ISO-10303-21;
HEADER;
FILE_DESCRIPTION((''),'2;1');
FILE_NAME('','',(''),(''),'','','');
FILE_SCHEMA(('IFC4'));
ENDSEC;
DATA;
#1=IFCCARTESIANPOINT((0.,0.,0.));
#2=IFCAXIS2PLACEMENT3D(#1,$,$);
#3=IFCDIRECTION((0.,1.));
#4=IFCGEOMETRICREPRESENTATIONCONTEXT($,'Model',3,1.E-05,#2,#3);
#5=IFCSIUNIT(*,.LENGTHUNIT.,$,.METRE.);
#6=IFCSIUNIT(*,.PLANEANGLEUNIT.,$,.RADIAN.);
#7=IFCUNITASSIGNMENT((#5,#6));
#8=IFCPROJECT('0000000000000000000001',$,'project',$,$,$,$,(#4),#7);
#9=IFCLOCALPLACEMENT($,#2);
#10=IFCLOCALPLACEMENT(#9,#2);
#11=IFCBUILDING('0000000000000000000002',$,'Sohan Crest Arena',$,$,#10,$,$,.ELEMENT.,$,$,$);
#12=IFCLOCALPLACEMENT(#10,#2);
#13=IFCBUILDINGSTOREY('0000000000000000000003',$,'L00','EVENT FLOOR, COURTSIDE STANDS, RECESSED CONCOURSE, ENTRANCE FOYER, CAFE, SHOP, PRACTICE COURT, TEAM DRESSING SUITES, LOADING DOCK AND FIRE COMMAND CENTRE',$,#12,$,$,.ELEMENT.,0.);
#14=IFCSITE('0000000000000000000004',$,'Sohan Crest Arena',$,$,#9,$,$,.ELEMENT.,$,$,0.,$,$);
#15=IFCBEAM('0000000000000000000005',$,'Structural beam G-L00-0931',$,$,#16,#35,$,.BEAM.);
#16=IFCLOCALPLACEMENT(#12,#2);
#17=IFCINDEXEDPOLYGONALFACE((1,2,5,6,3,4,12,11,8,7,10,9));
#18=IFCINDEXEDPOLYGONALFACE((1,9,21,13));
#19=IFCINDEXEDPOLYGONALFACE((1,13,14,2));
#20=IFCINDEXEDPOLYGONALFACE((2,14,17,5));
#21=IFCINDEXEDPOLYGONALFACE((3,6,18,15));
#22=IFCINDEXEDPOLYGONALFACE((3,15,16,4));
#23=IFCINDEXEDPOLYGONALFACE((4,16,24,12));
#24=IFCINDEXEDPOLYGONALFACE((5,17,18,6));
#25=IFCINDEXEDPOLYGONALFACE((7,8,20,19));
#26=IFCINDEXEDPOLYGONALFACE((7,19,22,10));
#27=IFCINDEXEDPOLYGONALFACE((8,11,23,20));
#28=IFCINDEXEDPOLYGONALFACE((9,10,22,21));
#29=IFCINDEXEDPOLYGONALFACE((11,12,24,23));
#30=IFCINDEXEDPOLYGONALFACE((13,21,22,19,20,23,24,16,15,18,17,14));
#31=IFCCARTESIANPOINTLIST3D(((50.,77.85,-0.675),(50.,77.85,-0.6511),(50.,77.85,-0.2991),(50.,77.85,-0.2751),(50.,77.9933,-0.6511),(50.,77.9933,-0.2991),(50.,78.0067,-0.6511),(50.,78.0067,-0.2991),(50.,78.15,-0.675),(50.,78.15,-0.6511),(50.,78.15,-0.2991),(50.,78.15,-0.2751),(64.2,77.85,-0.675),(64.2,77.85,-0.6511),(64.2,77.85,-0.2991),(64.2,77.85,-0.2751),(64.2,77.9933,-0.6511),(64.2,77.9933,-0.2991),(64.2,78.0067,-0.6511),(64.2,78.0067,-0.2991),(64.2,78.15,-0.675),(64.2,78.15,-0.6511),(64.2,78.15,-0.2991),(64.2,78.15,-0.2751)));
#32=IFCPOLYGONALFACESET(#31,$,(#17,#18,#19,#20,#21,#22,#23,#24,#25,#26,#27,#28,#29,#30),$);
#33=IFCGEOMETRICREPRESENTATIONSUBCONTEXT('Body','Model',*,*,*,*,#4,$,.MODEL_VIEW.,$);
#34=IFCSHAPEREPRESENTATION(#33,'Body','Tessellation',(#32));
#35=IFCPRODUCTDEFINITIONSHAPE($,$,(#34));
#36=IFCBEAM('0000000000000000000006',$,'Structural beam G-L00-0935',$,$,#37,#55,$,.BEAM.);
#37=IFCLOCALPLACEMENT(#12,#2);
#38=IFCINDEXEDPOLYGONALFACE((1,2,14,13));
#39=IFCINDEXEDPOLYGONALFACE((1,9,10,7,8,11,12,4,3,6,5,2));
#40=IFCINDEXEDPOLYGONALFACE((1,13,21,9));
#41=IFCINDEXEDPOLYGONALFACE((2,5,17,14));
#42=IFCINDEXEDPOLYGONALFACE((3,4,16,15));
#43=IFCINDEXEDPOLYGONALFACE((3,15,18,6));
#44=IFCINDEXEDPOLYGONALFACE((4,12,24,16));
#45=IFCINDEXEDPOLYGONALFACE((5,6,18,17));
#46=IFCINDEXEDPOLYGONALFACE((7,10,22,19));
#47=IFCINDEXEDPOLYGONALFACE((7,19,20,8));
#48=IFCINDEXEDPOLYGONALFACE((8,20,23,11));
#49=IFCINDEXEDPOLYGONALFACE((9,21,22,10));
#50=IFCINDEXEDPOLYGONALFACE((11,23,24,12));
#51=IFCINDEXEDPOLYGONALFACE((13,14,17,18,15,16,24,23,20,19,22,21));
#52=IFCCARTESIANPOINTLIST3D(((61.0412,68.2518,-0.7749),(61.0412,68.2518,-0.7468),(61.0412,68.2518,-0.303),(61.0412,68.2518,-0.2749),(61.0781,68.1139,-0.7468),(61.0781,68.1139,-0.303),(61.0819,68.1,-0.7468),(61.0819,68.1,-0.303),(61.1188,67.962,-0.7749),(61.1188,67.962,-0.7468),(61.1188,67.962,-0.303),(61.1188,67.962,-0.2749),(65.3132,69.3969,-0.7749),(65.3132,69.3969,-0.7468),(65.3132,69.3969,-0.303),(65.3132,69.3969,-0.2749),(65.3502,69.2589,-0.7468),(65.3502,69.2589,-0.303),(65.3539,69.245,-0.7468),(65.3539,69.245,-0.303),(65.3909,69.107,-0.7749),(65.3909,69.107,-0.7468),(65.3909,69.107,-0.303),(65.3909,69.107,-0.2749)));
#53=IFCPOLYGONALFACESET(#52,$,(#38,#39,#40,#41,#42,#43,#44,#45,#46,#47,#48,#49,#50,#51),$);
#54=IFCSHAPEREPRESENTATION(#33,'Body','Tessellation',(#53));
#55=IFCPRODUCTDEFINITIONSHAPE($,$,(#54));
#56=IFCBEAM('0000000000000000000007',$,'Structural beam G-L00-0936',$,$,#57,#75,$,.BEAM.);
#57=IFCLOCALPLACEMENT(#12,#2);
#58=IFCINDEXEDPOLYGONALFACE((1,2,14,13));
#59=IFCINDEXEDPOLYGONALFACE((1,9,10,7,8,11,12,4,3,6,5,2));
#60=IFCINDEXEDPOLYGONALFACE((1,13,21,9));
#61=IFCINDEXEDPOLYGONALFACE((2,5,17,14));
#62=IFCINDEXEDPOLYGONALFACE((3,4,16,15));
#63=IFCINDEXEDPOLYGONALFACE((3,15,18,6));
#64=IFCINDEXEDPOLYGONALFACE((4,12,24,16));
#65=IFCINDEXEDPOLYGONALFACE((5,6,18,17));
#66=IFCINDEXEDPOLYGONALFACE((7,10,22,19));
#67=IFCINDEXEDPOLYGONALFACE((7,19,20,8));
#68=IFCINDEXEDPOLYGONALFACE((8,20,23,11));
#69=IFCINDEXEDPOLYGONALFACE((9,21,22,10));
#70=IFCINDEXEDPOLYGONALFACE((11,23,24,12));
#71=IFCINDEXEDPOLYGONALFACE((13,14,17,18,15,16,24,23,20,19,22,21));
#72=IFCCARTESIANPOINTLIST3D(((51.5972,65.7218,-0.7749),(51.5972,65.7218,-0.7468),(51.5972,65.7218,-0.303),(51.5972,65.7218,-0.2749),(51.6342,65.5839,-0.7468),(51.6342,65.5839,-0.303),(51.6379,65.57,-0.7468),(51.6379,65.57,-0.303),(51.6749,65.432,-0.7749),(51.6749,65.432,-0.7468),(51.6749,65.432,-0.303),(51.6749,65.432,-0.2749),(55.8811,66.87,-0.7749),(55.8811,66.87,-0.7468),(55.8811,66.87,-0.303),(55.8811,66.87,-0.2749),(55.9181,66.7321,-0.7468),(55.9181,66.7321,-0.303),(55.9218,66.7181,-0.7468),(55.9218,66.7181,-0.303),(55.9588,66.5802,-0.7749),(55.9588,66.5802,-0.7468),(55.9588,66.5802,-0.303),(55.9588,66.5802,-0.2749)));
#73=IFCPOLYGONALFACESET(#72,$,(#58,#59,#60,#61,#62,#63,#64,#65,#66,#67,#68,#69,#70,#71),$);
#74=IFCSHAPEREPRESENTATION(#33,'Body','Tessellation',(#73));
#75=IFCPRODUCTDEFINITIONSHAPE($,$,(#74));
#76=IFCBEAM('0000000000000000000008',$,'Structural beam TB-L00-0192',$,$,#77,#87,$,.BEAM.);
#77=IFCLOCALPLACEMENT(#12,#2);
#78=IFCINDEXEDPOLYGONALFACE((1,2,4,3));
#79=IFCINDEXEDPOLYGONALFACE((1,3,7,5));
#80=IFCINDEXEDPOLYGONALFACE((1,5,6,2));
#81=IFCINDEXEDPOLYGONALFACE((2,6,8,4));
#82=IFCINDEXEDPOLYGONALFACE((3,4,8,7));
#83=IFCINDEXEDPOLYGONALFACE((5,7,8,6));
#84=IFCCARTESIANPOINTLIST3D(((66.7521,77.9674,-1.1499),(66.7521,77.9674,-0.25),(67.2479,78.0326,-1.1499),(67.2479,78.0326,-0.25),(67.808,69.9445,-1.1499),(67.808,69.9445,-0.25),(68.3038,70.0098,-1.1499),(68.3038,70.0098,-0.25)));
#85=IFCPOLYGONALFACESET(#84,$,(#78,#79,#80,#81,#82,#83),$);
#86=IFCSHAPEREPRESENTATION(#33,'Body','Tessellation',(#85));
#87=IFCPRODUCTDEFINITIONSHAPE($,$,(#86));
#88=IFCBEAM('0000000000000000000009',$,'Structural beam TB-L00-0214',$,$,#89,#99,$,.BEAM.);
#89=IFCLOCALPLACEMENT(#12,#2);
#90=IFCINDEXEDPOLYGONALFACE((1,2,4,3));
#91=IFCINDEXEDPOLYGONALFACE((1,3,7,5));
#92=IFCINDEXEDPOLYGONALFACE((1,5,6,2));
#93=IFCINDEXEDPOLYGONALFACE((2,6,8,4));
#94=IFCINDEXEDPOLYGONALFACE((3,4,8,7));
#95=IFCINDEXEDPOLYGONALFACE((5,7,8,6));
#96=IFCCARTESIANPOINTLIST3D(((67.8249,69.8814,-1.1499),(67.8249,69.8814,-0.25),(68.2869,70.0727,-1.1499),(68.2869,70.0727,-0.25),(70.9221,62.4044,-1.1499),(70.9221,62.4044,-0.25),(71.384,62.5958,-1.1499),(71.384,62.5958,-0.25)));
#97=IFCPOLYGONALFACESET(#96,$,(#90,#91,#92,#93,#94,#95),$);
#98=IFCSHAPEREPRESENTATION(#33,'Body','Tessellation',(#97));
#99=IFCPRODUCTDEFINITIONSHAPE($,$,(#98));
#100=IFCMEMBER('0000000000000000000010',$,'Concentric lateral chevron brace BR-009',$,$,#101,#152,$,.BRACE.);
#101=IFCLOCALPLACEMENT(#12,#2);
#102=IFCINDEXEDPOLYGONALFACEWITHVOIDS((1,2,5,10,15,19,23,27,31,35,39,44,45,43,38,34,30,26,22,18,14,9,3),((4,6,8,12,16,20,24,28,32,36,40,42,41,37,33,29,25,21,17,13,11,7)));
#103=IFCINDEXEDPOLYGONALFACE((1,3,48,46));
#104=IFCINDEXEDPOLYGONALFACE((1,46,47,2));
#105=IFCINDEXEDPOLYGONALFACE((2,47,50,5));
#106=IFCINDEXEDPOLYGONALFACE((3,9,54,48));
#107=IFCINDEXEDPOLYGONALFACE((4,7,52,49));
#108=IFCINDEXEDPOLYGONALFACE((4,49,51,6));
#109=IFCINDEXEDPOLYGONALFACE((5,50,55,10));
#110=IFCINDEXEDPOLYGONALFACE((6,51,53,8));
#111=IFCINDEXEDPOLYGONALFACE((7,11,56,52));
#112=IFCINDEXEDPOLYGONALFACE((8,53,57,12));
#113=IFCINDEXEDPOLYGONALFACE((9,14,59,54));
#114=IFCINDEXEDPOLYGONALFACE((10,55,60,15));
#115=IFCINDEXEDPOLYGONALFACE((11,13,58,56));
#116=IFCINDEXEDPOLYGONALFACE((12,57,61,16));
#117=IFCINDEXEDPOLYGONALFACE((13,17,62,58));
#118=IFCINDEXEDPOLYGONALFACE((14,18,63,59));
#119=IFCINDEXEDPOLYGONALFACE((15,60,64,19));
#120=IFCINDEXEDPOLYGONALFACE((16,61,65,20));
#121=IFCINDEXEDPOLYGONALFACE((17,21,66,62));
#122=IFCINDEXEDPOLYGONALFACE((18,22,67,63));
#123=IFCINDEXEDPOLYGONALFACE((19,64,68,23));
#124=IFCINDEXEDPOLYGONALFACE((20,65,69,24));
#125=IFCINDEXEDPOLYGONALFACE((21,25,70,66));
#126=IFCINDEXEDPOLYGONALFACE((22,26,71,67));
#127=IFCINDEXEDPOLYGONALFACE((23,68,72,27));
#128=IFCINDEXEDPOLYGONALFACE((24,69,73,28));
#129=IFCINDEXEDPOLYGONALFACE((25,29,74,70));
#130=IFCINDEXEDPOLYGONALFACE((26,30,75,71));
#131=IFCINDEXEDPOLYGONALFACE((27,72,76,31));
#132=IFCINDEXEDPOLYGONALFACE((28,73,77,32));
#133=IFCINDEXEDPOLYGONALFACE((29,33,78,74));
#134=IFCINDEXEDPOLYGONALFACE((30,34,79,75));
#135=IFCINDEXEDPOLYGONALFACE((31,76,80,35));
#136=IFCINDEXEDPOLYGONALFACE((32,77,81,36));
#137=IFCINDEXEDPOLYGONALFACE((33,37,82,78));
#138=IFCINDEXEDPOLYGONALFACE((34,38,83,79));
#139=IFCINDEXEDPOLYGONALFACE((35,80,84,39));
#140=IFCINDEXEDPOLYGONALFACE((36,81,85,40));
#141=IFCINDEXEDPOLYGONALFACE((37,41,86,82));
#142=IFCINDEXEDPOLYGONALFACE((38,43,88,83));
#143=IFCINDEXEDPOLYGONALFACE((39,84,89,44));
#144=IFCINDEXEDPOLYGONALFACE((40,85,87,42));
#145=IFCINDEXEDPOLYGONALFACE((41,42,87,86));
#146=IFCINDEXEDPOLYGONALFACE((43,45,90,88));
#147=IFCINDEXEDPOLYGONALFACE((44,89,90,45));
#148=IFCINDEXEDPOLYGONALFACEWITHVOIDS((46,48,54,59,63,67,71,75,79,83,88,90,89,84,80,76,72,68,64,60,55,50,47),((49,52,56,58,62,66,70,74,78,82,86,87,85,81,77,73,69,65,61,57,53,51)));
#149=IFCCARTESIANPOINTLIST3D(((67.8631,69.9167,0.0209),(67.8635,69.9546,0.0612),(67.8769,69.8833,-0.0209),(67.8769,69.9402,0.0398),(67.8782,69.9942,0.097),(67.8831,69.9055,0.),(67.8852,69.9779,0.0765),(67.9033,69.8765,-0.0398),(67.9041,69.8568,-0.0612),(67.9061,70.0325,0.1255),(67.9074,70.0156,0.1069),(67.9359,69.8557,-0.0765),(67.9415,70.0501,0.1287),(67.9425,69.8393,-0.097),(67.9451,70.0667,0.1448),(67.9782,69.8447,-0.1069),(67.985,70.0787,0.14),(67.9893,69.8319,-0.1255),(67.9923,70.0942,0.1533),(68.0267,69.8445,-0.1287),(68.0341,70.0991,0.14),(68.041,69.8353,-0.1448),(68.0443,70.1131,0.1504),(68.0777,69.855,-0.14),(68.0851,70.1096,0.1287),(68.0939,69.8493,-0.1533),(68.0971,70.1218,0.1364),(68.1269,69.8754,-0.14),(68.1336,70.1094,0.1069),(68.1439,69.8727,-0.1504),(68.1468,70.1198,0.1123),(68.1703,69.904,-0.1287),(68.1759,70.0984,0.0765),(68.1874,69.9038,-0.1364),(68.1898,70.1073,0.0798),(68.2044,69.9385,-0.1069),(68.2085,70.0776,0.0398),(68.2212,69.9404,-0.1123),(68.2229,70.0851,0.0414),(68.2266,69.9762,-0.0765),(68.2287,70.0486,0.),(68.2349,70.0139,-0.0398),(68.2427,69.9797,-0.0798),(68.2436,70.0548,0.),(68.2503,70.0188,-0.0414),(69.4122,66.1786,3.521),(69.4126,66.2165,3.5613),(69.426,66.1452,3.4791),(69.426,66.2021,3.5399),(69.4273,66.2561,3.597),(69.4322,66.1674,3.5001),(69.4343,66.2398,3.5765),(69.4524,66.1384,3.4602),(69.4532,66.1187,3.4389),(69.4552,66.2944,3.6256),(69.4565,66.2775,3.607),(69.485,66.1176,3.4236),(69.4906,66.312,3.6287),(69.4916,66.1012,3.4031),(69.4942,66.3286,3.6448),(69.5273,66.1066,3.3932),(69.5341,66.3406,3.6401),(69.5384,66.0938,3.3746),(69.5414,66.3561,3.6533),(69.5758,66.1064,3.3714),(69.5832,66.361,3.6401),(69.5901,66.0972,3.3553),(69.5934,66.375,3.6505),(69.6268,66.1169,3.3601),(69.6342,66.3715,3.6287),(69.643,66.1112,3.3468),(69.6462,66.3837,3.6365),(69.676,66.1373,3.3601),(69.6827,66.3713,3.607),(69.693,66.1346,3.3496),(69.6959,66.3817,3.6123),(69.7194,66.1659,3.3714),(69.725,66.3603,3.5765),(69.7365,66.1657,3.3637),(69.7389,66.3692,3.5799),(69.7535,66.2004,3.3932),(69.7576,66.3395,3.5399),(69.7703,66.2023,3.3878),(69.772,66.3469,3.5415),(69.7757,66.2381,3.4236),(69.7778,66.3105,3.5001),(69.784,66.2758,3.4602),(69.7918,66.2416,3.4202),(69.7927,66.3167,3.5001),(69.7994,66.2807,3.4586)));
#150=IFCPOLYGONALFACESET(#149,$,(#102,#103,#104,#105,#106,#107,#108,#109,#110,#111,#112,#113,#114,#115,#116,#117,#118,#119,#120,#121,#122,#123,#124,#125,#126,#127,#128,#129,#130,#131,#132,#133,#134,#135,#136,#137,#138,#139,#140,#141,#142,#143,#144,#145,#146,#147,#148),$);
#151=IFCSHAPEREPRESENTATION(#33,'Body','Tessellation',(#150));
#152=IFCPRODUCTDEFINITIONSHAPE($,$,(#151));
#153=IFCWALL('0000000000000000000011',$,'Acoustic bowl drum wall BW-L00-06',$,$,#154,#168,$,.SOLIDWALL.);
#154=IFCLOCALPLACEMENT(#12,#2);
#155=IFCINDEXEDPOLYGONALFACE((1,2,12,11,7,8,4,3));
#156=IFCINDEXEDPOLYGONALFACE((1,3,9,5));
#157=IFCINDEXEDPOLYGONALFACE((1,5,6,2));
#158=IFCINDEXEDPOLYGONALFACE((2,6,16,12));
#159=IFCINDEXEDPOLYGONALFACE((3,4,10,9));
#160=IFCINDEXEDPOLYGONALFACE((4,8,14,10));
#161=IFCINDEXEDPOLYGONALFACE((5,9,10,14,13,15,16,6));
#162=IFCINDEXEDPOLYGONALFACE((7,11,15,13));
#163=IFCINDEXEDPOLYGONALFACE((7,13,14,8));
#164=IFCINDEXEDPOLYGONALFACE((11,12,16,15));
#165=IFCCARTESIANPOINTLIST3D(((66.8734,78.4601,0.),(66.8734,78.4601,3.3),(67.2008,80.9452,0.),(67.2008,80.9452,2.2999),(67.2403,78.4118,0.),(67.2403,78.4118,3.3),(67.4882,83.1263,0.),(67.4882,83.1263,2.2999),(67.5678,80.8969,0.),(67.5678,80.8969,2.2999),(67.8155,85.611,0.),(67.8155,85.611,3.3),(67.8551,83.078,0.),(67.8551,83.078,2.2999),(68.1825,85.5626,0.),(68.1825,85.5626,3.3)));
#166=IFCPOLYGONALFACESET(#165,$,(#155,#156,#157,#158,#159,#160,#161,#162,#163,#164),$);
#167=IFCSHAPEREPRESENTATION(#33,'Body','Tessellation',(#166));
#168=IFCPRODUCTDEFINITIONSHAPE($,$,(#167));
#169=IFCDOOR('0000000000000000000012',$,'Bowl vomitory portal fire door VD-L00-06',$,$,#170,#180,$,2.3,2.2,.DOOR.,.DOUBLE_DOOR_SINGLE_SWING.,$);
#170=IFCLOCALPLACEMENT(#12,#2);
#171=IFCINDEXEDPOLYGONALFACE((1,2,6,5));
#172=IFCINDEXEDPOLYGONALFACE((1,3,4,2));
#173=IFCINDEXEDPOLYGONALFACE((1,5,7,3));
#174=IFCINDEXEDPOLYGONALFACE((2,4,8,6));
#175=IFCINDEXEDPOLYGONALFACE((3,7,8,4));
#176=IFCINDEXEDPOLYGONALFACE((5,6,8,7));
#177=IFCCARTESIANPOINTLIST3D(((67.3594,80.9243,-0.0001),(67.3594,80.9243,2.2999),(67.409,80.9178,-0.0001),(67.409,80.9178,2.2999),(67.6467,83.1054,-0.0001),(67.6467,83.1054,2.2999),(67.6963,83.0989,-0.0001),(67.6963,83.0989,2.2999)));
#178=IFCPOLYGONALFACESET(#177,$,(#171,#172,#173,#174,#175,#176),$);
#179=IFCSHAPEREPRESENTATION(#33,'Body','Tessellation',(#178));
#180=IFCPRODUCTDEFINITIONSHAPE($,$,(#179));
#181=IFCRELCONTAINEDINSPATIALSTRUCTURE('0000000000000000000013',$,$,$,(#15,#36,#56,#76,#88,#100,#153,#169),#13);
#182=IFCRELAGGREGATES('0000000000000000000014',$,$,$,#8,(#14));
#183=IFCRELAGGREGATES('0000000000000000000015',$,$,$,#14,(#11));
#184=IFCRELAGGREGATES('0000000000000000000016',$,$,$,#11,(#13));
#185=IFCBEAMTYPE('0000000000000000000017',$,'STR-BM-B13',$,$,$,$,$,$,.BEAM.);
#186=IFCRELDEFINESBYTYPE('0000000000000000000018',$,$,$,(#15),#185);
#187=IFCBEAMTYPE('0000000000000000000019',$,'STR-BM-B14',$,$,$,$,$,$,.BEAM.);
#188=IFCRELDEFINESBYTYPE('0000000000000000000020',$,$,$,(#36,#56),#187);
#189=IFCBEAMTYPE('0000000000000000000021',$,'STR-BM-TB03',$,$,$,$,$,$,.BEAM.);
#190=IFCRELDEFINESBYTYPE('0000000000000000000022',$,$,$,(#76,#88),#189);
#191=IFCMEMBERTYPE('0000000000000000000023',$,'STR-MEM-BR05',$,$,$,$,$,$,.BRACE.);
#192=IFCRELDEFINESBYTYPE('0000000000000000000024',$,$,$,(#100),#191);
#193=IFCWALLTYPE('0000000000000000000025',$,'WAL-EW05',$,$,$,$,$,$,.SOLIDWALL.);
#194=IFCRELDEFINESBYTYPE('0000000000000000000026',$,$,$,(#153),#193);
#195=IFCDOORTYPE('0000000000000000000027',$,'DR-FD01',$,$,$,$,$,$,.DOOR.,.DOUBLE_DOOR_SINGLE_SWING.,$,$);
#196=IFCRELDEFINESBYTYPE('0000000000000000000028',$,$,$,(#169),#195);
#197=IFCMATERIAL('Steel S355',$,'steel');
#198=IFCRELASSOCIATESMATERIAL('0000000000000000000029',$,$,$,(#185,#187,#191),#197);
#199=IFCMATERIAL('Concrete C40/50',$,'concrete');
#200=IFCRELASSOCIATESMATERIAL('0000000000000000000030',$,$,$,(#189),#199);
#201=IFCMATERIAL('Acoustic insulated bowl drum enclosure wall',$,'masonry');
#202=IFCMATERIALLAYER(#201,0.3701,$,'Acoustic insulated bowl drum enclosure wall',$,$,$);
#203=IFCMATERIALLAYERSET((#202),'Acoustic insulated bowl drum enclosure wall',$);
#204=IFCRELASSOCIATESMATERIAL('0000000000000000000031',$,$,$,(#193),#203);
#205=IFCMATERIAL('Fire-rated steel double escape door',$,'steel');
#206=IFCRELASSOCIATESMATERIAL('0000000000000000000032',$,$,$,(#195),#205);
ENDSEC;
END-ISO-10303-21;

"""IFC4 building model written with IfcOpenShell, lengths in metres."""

from ifc_helpers import new_model, si_unit, direction, frame, frame_2d, origin, origin_2d, place, context, subcontext, project, spatial, rectangle, hollow_circle, i_section, extrude, material, layer, layer_set, material_profile, profile_set, type_object, element, fill, save


model = new_model("IFC4")

# Units and contexts
model_context = context("Model", 3, precision=1e-05, world=origin(), true_north=direction((0.0, 1.0)))
body_context = subcontext(model_context, "Body", "Model", "MODEL_VIEW")
ifc_project = project(units=[si_unit("LENGTHUNIT", "METRE"), si_unit("PLANEANGLEUNIT", "RADIAN")], contexts=[model_context])

# Site, building, storey
site_placement = place(None, origin())
site = spatial("IfcSite", under=ifc_project, at=site_placement, Name="Sohan Crest Arena", CompositionType="ELEMENT", RefElevation=0.0)
building_placement = place(site_placement, origin())
building = spatial("IfcBuilding", under=site, at=building_placement, Name="Sohan Crest Arena", CompositionType="ELEMENT")
storey_placement = place(building_placement, origin())
storey = spatial("IfcBuildingStorey", under=building, at=storey_placement, Name="L00", Description="EVENT FLOOR, COURTSIDE STANDS, RECESSED CONCOURSE, ENTRANCE FOYER, CAFE, SHOP, PRACTICE COURT, TEAM DRESSING SUITES, LOADING DOCK AND FIRE COMMAND CENTRE", CompositionType="ELEMENT", Elevation=0.0)

# Shared definitions
ifc_material_1 = material(Name="Concrete C40/50", Category="concrete")
ifc_material_2 = material(Name="Steel S355", Category="steel")

# Beams
ifc_material_profile_1 = material_profile(ifc_material_2, i_section(OverallWidth=0.3, OverallDepth=0.3999, WebThickness=0.0134, FlangeThickness=0.0239, at=origin_2d()), Name="HEB 400")
ifc_profile_set_1 = profile_set([ifc_material_profile_1], Name="Steel S355")
beam_type_1 = type_object("IfcBeamType", Name="STR-BM-B13", PredefinedType="BEAM", material=ifc_profile_set_1)
beam_1_placement = place(storey_placement, frame((64.2, 78.0, -0.4751), z_axis=(-1.0, 0.0, 0.0), x_axis=(0.0, -1.0, 0.0)))
element("IfcBeam", 1, at=beam_1_placement, inside=storey, type_object=beam_type_1, Name="Structural beam G-L00-0931", PredefinedType="BEAM", context=body_context, shape_type="SweptSolid", body=[
    extrude(i_section(OverallWidth=0.3, OverallDepth=0.3999, WebThickness=0.0134, FlangeThickness=0.0239, at=origin_2d()), origin(), (0.0, 0.0, 1.0), 14.2),
])
ifc_material_profile_2 = material_profile(ifc_material_2, i_section(OverallWidth=0.3, OverallDepth=0.5, WebThickness=0.0144, FlangeThickness=0.0281, at=origin_2d()), Name="HEB 500")
ifc_profile_set_2 = profile_set([ifc_material_profile_2], Name="Steel S355")
beam_type_2 = type_object("IfcBeamType", Name="STR-BM-B14", PredefinedType="BEAM", material=ifc_profile_set_2)
beam_2_placement = place(storey_placement, frame((65.3521, 69.252, -0.5249), z_axis=(-0.965906, -0.258892, 0.0), x_axis=(0.258892, -0.965906, 0.0)))
element("IfcBeam", 2, at=beam_2_placement, inside=storey, type_object=beam_type_2, Name="Structural beam G-L00-0935", PredefinedType="BEAM", context=body_context, shape_type="SweptSolid", body=[
    extrude(i_section(OverallWidth=0.3, OverallDepth=0.5, WebThickness=0.0144, FlangeThickness=0.0281, at=origin_2d()), origin(), (0.0, 0.0, 1.0), 4.4229),
])
beam_3_placement = place(storey_placement, frame((55.9199, 66.7251, -0.5249), z_axis=(-0.965908, -0.258886, 0.0), x_axis=(0.258886, -0.965908, 0.0)))
element("IfcBeam", 3, at=beam_3_placement, inside=storey, type_object=beam_type_2, Name="Structural beam G-L00-0936", PredefinedType="BEAM", context=body_context, shape_type="SweptSolid", body=[
    extrude(i_section(OverallWidth=0.3, OverallDepth=0.5, WebThickness=0.0144, FlangeThickness=0.0281, at=origin_2d()), origin(), (0.0, 0.0, 1.0), 4.4351),
])
ifc_material_profile_3 = material_profile(ifc_material_1, rectangle(XDim=0.5, YDim=0.8999, at=origin_2d()), Name="RC-BM 500x900")
ifc_profile_set_3 = profile_set([ifc_material_profile_3], Name="Concrete C40/50")
beam_type_3 = type_object("IfcBeamType", Name="STR-BM-TB03", PredefinedType="BEAM", material=ifc_profile_set_3)
beam_4_placement = place(storey_placement, frame((67.0, 78.0, -0.7), z_axis=(0.130486, -0.99145, 0.0), x_axis=(0.99145, 0.130486, 0.0)))
element("IfcBeam", 4, at=beam_4_placement, inside=storey, type_object=beam_type_3, Name="Structural beam TB-L00-0192", PredefinedType="BEAM", context=body_context, shape_type="SweptSolid", body=[
    extrude(rectangle(XDim=0.5, YDim=0.8999, at=origin_2d()), origin(), (0.0, 0.0, 1.0), 8.092),
])
beam_5_placement = place(storey_placement, frame((68.0559, 69.9771, -0.7), z_axis=(0.382691, -0.923876, 0.0), x_axis=(0.923876, 0.382691, 0.0)))
element("IfcBeam", 5, at=beam_5_placement, inside=storey, type_object=beam_type_3, Name="Structural beam TB-L00-0214", PredefinedType="BEAM", context=body_context, shape_type="SweptSolid", body=[
    extrude(rectangle(XDim=0.5, YDim=0.8999, at=origin_2d()), origin(), (0.0, 0.0, 1.0), 8.093),
])

# Member
ifc_material_profile_4 = material_profile(ifc_material_2, hollow_circle(Radius=0.2031, WallThickness=0.0161, at=origin_2d()), Name="CHS 406.4x16")
ifc_profile_set_4 = profile_set([ifc_material_profile_4], Name="Steel S355")
member_type = type_object("IfcMemberType", Name="STR-MEM-BR05", PredefinedType="BRACE", material=ifc_profile_set_4)
member_placement = place(storey_placement, frame((68.0559, 69.9771, 0.0), z_axis=(0.289546, -0.698698, 0.654205), x_axis=(0.923816, 0.382837, 0.0)))
element("IfcMember", 6, at=member_placement, inside=storey, type_object=member_type, Name="Concentric lateral chevron brace BR-009", PredefinedType="BRACE", context=body_context, shape_type="SweptSolid", body=[
    extrude(hollow_circle(Radius=0.2031, WallThickness=0.0161, at=origin_2d()), origin(), (0.0, 0.0, 1.0), 5.3501),
])

# Wall, opening, door
ifc_material_3 = material(Name="Acoustic insulated bowl drum enclosure wall", Category="masonry")
ifc_layer_1 = layer(ifc_material_3, 0.3701, Name="Acoustic insulated bowl drum enclosure wall")
ifc_layer_set_1 = layer_set([ifc_layer_1], Name="Acoustic insulated bowl drum enclosure wall")
wall_type_1 = type_object("IfcWallType", Name="WAL-EW05", PredefinedType="SOLIDWALL", material=ifc_layer_set_1)
wall_1_placement = place(storey_placement, frame((67.999, 85.5869, 0.0), z_axis=(0.0, 0.0, 1.0), x_axis=(-0.130623, -0.991432, 0.0)))
wall_1 = element("IfcWall", 7, at=wall_1_placement, inside=storey, type_object=wall_type_1, Name="Acoustic bowl drum wall BW-L00-06", PredefinedType="SOLIDWALL", context=body_context, shape_type="SweptSolid", body=[
    extrude(rectangle(XDim=7.2126, YDim=0.3701, at=frame_2d((3.6064, 0.0))), origin(), (0.0, 0.0, 1.0), 3.3),
])
opening_1_placement = place(wall_1_placement, frame((2.5061, 0.0, 0.0)))
opening_1 = element("IfcOpeningElement", 8, at=opening_1_placement, cuts=wall_1, PredefinedType="OPENING", context=body_context, shape_type="SweptSolid", body=[
    extrude(rectangle(XDim=2.2, YDim=2.3, at=frame_2d((1.1001, 1.1499))), frame((0.0, 0.1951, 0.0), z_axis=(0.0, -1.0, 0.0), x_axis=(1.0, 0.0, 0.0)), (0.0, 0.0, 1.0), 0.3901),
])
ifc_material_4 = material(Name="Fire-rated steel double escape door", Category="steel")
door_type = type_object("IfcDoorType", Name="DR-FD01", OperationType="DOUBLE_DOOR_SINGLE_SWING", PredefinedType="DOOR", material=ifc_material_4)
door_1_placement = place(opening_1_placement, origin())
door_1 = element("IfcDoor", 9, at=door_1_placement, inside=storey, type_object=door_type, Name="Bowl vomitory portal fire door VD-L00-06", OperationType="DOUBLE_DOOR_SINGLE_SWING", OverallHeight=2.3, OverallWidth=2.2, PredefinedType="DOOR", context=body_context, shape_type="SweptSolid", body=[
    extrude(rectangle(XDim=2.2, YDim=2.3, at=frame_2d((1.1001, 1.1499))), frame((0.0, 0.0249, 0.0), z_axis=(0.0, -1.0, 0.0), x_axis=(1.0, 0.0, 0.0)), (0.0, 0.0, 1.0), 0.05),
])
fill(opening_1, door_1)

save(model, "model.ifc")
